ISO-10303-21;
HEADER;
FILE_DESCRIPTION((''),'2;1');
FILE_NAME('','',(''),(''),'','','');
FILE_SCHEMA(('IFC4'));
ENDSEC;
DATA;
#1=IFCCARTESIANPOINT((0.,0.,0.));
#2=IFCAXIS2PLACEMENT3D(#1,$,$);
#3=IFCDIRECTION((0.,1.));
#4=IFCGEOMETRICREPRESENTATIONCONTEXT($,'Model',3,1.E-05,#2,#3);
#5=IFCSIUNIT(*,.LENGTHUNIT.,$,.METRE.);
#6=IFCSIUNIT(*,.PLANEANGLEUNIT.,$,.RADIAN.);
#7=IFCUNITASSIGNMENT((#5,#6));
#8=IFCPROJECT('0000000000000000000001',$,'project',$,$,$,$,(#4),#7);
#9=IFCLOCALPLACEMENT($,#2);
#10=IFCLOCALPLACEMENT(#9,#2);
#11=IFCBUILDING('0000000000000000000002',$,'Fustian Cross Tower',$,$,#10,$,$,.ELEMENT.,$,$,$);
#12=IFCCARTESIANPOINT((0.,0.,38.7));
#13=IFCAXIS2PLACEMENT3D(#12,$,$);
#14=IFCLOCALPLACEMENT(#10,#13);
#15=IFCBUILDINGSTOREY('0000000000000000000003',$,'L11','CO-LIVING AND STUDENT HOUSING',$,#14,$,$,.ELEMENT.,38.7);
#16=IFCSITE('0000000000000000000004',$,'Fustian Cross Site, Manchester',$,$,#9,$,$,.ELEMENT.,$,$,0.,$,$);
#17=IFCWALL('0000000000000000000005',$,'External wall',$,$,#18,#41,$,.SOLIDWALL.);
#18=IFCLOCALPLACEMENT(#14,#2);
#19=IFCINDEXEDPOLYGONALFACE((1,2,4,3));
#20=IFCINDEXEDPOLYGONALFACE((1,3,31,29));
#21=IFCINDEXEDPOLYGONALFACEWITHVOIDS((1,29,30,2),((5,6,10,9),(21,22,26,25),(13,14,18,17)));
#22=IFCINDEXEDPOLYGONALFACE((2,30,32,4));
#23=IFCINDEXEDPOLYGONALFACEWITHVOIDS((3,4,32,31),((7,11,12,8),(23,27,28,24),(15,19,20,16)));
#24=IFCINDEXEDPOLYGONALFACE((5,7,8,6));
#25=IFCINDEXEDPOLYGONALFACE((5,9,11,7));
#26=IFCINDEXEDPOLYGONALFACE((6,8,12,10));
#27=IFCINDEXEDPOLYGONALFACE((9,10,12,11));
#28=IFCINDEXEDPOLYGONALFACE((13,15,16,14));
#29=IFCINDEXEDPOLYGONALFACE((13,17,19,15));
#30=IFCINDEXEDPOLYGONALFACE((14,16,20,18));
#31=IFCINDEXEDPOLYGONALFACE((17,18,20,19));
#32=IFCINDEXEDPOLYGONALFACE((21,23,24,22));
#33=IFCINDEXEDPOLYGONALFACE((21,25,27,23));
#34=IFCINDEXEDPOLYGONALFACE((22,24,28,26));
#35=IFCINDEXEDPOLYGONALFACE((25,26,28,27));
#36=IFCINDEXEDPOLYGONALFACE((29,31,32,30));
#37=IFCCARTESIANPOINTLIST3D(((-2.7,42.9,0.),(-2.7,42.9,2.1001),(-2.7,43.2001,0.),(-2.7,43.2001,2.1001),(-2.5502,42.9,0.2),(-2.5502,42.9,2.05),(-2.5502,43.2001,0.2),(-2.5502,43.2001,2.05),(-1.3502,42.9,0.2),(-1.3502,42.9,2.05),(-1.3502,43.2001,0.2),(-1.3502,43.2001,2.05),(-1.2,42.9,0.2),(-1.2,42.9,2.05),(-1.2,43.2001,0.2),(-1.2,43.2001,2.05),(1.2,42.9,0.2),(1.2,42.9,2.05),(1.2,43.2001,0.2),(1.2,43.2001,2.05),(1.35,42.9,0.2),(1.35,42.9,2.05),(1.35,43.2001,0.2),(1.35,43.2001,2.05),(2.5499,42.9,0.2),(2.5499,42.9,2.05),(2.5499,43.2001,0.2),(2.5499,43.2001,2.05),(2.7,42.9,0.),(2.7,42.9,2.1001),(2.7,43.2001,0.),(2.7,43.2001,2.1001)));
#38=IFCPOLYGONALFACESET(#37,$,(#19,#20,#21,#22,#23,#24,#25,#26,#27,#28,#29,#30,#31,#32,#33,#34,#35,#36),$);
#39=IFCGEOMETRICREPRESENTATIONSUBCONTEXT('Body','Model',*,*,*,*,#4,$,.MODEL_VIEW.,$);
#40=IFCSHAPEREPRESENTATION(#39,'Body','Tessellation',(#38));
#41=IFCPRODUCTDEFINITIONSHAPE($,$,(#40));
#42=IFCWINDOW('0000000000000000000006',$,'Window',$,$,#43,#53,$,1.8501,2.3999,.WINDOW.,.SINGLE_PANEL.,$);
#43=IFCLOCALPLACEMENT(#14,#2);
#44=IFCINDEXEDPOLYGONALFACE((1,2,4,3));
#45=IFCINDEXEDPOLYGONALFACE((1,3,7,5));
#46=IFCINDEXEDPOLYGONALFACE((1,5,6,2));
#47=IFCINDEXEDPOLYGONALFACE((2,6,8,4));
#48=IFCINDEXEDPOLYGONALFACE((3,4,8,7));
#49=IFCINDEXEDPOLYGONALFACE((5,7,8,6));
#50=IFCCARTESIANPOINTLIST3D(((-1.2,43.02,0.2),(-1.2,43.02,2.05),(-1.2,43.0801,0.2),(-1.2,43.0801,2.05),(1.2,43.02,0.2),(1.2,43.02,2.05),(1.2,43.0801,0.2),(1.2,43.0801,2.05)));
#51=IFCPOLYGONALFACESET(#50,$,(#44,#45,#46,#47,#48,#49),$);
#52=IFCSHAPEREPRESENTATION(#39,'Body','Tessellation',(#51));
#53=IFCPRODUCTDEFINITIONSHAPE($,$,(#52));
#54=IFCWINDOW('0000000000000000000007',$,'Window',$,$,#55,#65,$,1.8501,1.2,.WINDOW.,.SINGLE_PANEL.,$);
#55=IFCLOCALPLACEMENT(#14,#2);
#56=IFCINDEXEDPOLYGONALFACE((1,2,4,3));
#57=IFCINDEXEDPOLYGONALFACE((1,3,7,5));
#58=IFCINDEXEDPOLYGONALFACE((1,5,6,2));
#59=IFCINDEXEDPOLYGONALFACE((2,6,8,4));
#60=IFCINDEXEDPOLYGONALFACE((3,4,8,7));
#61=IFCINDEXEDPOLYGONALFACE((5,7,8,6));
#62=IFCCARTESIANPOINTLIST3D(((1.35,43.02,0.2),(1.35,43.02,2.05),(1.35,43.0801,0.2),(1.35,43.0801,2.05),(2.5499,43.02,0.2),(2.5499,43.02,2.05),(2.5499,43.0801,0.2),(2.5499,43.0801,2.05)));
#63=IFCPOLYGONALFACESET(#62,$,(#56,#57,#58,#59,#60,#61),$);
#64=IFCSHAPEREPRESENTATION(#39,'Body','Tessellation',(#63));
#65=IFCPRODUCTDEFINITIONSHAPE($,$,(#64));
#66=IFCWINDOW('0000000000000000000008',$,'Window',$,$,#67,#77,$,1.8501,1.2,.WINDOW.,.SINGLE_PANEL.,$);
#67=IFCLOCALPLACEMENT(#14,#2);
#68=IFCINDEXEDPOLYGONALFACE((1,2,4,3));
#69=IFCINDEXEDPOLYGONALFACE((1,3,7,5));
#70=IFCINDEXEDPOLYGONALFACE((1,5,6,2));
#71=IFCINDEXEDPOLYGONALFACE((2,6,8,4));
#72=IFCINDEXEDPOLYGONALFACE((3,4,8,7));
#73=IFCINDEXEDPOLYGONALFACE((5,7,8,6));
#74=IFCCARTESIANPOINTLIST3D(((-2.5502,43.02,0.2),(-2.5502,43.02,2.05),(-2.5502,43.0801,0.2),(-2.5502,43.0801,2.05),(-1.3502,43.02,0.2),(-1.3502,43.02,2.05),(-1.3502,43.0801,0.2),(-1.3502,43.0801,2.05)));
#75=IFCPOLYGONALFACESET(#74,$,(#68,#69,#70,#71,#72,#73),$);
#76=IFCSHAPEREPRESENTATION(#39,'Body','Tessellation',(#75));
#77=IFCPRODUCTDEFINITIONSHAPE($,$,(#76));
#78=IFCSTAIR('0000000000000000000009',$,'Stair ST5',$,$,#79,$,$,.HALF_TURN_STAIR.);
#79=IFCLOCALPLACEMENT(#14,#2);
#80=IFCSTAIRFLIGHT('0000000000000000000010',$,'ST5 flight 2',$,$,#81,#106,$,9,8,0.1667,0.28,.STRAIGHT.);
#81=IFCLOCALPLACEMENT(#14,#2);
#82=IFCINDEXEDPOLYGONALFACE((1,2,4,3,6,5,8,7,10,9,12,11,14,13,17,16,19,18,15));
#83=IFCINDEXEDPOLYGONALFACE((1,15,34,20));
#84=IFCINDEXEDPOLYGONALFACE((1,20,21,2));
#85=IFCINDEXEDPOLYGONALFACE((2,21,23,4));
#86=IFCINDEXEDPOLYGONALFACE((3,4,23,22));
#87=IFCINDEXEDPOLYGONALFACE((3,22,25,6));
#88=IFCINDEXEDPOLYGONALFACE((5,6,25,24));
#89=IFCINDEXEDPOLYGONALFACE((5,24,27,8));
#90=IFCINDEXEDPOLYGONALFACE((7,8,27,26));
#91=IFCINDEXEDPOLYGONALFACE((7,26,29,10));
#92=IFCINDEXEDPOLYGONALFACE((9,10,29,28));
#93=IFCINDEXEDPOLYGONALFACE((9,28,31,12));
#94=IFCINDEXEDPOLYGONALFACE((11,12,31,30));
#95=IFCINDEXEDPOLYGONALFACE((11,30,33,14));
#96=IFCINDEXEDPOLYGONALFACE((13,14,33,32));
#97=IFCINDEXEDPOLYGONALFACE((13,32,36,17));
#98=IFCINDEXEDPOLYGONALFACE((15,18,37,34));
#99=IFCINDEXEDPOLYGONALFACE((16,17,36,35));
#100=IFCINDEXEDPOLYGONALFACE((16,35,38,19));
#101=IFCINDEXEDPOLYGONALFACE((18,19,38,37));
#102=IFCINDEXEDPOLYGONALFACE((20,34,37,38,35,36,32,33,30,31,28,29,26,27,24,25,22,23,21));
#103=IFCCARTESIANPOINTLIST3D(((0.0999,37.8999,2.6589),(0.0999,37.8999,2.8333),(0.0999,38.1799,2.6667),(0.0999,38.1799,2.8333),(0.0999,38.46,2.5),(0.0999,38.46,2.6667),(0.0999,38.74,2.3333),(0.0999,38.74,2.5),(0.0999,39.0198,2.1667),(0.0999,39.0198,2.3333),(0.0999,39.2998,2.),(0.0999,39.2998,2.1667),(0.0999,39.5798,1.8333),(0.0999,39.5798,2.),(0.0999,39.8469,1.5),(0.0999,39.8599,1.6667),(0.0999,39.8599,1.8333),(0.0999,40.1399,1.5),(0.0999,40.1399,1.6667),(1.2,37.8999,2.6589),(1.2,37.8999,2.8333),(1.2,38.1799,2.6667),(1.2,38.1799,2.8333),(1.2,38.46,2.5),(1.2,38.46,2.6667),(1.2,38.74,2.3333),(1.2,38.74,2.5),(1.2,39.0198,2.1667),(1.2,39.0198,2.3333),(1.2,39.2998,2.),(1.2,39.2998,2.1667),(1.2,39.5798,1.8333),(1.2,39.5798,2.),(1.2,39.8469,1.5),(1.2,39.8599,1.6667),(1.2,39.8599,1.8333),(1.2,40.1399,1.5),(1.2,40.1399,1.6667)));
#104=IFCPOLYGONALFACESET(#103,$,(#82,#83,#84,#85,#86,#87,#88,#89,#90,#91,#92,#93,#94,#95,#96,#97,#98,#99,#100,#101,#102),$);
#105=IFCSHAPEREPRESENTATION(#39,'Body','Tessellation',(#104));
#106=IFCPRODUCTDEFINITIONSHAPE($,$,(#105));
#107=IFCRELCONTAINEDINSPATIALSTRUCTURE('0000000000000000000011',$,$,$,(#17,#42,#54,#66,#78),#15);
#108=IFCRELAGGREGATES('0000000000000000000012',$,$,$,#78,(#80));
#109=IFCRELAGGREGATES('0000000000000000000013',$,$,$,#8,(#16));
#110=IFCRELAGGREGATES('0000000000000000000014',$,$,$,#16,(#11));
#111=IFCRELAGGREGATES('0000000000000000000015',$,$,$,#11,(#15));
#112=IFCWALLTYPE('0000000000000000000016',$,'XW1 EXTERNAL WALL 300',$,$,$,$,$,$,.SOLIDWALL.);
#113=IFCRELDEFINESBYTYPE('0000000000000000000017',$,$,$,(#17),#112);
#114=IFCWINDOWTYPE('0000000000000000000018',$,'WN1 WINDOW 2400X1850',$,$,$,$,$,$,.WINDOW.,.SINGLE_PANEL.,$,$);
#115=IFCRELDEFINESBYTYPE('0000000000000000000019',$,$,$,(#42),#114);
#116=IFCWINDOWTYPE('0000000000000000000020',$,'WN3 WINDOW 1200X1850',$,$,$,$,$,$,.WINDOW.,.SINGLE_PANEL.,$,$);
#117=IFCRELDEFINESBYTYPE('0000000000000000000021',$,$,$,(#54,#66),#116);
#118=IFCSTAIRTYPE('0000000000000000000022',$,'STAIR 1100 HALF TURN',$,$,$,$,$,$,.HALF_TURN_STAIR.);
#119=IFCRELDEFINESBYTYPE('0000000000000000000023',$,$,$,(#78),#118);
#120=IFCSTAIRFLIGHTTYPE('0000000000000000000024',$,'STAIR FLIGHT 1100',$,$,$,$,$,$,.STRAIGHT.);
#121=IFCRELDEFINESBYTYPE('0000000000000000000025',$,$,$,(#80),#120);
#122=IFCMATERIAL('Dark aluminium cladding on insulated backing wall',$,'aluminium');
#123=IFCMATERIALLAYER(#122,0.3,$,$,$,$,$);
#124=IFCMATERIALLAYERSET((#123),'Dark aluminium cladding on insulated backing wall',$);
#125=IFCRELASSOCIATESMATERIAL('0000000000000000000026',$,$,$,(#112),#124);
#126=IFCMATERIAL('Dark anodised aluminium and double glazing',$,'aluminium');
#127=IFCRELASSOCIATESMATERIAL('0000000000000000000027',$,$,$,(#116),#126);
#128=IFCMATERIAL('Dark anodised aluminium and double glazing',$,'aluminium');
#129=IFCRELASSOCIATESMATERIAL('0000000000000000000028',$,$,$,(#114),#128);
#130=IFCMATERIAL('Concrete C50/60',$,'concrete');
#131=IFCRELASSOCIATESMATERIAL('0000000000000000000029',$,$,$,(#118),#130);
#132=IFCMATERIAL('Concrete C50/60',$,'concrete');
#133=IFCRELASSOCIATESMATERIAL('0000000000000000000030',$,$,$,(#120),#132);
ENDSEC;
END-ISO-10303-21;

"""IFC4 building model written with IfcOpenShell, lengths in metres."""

from ifc_helpers import new_model, si_unit, direction, frame, frame_2d, origin, place, context, subcontext, project, spatial, polyline, rectangle, outline, extrude, material, layer, layer_set, type_object, element, fill, aggregate, save


model = new_model("IFC4")

# Units and contexts
model_context = context("Model", 3, precision=1e-05, world=origin(), true_north=direction((0.0, 1.0)))
body_context = subcontext(model_context, "Body", "Model", "MODEL_VIEW")
ifc_project = project(units=[si_unit("LENGTHUNIT", "METRE"), si_unit("PLANEANGLEUNIT", "RADIAN")], contexts=[model_context])

# Site, building, storey
site_placement = place(None, origin())
site = spatial("IfcSite", under=ifc_project, at=site_placement, Name="Fustian Cross Site, Manchester", CompositionType="ELEMENT", RefElevation=0.0)
building_placement = place(site_placement, origin())
building = spatial("IfcBuilding", under=site, at=building_placement, Name="Fustian Cross Tower", CompositionType="ELEMENT")
storey_placement = place(building_placement, frame((0.0, 0.0, 38.7)))
storey = spatial("IfcBuildingStorey", under=building, at=storey_placement, Name="L11", Description="CO-LIVING AND STUDENT HOUSING", CompositionType="ELEMENT", Elevation=38.7)

# Shared definitions
ifc_material_1 = material(Name="Dark aluminium cladding on insulated backing wall", Category="aluminium")
ifc_layer_1 = layer(ifc_material_1, 0.3)
ifc_layer_set_1 = layer_set([ifc_layer_1], Name="Dark aluminium cladding on insulated backing wall")
wall_type_1 = type_object("IfcWallType", Name="XW1 EXTERNAL WALL 300", PredefinedType="SOLIDWALL", material=ifc_layer_set_1)
ifc_material_2 = material(Name="Dark anodised aluminium and double glazing", Category="aluminium")
window_type_1 = type_object("IfcWindowType", Name="WN3 WINDOW 1200X1850", PartitioningType="SINGLE_PANEL", PredefinedType="WINDOW", material=ifc_material_2)

# Wall, openings, windows
wall_1_placement = place(storey_placement, frame((2.7, 43.05, 0.0), z_axis=(0.0, 0.0, 1.0), x_axis=(-1.0, 0.0, 0.0)))
wall_1 = element("IfcWall", 1, at=wall_1_placement, inside=storey, type_object=wall_type_1, Name="External wall", PredefinedType="SOLIDWALL", context=body_context, shape_type="SweptSolid", body=[
    extrude(rectangle(XDim=5.3999, YDim=0.3, at=frame_2d((2.7, 0.0))), origin(), (0.0, 0.0, 1.0), 2.1001),
])
opening_1_placement = place(wall_1_placement, frame((1.5, 0.0, 0.2)))
opening_1 = element("IfcOpeningElement", 2, at=opening_1_placement, cuts=wall_1, PredefinedType="OPENING", context=body_context, shape_type="SweptSolid", body=[
    extrude(rectangle(XDim=2.3999, YDim=1.8501, at=frame_2d((1.2, 0.925))), frame((0.0, 0.1599, 0.0), z_axis=(0.0, -1.0, 0.0), x_axis=(1.0, 0.0, 0.0)), (0.0, 0.0, 1.0), 0.3201),
])
opening_2_placement = place(wall_1_placement, frame((0.1499, 0.0, 0.2)))
opening_2 = element("IfcOpeningElement", 3, at=opening_2_placement, cuts=wall_1, PredefinedType="OPENING", context=body_context, shape_type="SweptSolid", body=[
    extrude(rectangle(XDim=1.2, YDim=1.8501, at=frame_2d((0.6001, 0.925))), frame((0.0, 0.1599, 0.0), z_axis=(0.0, -1.0, 0.0), x_axis=(1.0, 0.0, 0.0)), (0.0, 0.0, 1.0), 0.3201),
])
opening_3_placement = place(wall_1_placement, frame((4.05, 0.0, 0.2)))
opening_3 = element("IfcOpeningElement", 4, at=opening_3_placement, cuts=wall_1, PredefinedType="OPENING", context=body_context, shape_type="SweptSolid", body=[
    extrude(rectangle(XDim=1.2, YDim=1.8501, at=frame_2d((0.6001, 0.925))), frame((0.0, 0.1599, 0.0), z_axis=(0.0, -1.0, 0.0), x_axis=(1.0, 0.0, 0.0)), (0.0, 0.0, 1.0), 0.3201),
])
ifc_material_3 = material(Name="Dark anodised aluminium and double glazing", Category="aluminium")
window_type_2 = type_object("IfcWindowType", Name="WN1 WINDOW 2400X1850", PartitioningType="SINGLE_PANEL", PredefinedType="WINDOW", material=ifc_material_3)
window_1_placement = place(opening_1_placement, origin())
window_1 = element("IfcWindow", 5, at=window_1_placement, inside=storey, type_object=window_type_2, Name="Window", OverallHeight=1.8501, OverallWidth=2.3999, PartitioningType="SINGLE_PANEL", PredefinedType="WINDOW", context=body_context, shape_type="SweptSolid", body=[
    extrude(rectangle(XDim=2.3999, YDim=1.8501, at=frame_2d((1.2, 0.925))), frame((0.0, 0.03, 0.0), z_axis=(0.0, -1.0, 0.0), x_axis=(1.0, 0.0, 0.0)), (0.0, 0.0, 1.0), 0.0601),
])
fill(opening_1, window_1)
window_2_placement = place(opening_2_placement, origin())
window_2 = element("IfcWindow", 6, at=window_2_placement, inside=storey, type_object=window_type_1, Name="Window", OverallHeight=1.8501, OverallWidth=1.2, PartitioningType="SINGLE_PANEL", PredefinedType="WINDOW", context=body_context, shape_type="SweptSolid", body=[
    extrude(rectangle(XDim=1.2, YDim=1.8501, at=frame_2d((0.6001, 0.925))), frame((0.0, 0.03, 0.0), z_axis=(0.0, -1.0, 0.0), x_axis=(1.0, 0.0, 0.0)), (0.0, 0.0, 1.0), 0.0601),
])
fill(opening_2, window_2)
window_3_placement = place(opening_3_placement, origin())
window_3 = element("IfcWindow", 7, at=window_3_placement, inside=storey, type_object=window_type_1, Name="Window", OverallHeight=1.8501, OverallWidth=1.2, PartitioningType="SINGLE_PANEL", PredefinedType="WINDOW", context=body_context, shape_type="SweptSolid", body=[
    extrude(rectangle(XDim=1.2, YDim=1.8501, at=frame_2d((0.6001, 0.925))), frame((0.0, 0.03, 0.0), z_axis=(0.0, -1.0, 0.0), x_axis=(1.0, 0.0, 0.0)), (0.0, 0.0, 1.0), 0.0601),
])
fill(opening_3, window_3)

# Stair, stair flight
ifc_material_4 = material(Name="Concrete C50/60", Category="concrete")
stair_type = type_object("IfcStairType", Name="STAIR 1100 HALF TURN", PredefinedType="HALF_TURN_STAIR", material=ifc_material_4)
stair_placement = place(storey_placement, origin())
stair = element("IfcStair", 8, at=stair_placement, inside=storey, type_object=stair_type, Name="Stair ST5", PredefinedType="HALF_TURN_STAIR")
ifc_material_5 = material(Name="Concrete C50/60", Category="concrete")
stair_flight_type = type_object("IfcStairFlightType", Name="STAIR FLIGHT 1100", PredefinedType="STRAIGHT", material=ifc_material_5)
stair_flight_placement = place(storey_placement, frame((0.6499, 40.1399, 1.5), z_axis=(0.0, 0.0, 1.0), x_axis=(0.0, -1.0, 0.0)))
stair_flight = element("IfcStairFlight", 9, at=stair_flight_placement, type_object=stair_flight_type, Name="ST5 flight 2", NumberOfRisers=9, NumberOfTreads=8, PredefinedType="STRAIGHT", RiserHeight=0.1667, TreadLength=0.28, context=body_context, shape_type="SweptSolid", body=[
    extrude(outline(polyline([(0.0, 0.0), (0.0, 0.1667), (0.28, 0.1667), (0.28, 0.3333), (0.5601, 0.3333), (0.5601, 0.5), (0.8401, 0.5), (0.8401, 0.6667), (1.1201, 0.6667), (1.1201, 0.8333), (1.3999, 0.8333), (1.3999, 1.0), (1.6799, 1.0), (1.6799, 1.1667), (1.96, 1.1667), (1.96, 1.3333), (2.24, 1.3333), (2.24, 1.5), (2.24, 1.1589), (0.293, 0.0), (0.0, 0.0)])), frame((0.0, 0.55, 0.0), z_axis=(0.0, -1.0, 0.0), x_axis=(1.0, 0.0, 0.0)), (0.0, 0.0, 1.0), 1.1001),
])
aggregate(stair, [stair_flight])

save(model, "model.ifc")
